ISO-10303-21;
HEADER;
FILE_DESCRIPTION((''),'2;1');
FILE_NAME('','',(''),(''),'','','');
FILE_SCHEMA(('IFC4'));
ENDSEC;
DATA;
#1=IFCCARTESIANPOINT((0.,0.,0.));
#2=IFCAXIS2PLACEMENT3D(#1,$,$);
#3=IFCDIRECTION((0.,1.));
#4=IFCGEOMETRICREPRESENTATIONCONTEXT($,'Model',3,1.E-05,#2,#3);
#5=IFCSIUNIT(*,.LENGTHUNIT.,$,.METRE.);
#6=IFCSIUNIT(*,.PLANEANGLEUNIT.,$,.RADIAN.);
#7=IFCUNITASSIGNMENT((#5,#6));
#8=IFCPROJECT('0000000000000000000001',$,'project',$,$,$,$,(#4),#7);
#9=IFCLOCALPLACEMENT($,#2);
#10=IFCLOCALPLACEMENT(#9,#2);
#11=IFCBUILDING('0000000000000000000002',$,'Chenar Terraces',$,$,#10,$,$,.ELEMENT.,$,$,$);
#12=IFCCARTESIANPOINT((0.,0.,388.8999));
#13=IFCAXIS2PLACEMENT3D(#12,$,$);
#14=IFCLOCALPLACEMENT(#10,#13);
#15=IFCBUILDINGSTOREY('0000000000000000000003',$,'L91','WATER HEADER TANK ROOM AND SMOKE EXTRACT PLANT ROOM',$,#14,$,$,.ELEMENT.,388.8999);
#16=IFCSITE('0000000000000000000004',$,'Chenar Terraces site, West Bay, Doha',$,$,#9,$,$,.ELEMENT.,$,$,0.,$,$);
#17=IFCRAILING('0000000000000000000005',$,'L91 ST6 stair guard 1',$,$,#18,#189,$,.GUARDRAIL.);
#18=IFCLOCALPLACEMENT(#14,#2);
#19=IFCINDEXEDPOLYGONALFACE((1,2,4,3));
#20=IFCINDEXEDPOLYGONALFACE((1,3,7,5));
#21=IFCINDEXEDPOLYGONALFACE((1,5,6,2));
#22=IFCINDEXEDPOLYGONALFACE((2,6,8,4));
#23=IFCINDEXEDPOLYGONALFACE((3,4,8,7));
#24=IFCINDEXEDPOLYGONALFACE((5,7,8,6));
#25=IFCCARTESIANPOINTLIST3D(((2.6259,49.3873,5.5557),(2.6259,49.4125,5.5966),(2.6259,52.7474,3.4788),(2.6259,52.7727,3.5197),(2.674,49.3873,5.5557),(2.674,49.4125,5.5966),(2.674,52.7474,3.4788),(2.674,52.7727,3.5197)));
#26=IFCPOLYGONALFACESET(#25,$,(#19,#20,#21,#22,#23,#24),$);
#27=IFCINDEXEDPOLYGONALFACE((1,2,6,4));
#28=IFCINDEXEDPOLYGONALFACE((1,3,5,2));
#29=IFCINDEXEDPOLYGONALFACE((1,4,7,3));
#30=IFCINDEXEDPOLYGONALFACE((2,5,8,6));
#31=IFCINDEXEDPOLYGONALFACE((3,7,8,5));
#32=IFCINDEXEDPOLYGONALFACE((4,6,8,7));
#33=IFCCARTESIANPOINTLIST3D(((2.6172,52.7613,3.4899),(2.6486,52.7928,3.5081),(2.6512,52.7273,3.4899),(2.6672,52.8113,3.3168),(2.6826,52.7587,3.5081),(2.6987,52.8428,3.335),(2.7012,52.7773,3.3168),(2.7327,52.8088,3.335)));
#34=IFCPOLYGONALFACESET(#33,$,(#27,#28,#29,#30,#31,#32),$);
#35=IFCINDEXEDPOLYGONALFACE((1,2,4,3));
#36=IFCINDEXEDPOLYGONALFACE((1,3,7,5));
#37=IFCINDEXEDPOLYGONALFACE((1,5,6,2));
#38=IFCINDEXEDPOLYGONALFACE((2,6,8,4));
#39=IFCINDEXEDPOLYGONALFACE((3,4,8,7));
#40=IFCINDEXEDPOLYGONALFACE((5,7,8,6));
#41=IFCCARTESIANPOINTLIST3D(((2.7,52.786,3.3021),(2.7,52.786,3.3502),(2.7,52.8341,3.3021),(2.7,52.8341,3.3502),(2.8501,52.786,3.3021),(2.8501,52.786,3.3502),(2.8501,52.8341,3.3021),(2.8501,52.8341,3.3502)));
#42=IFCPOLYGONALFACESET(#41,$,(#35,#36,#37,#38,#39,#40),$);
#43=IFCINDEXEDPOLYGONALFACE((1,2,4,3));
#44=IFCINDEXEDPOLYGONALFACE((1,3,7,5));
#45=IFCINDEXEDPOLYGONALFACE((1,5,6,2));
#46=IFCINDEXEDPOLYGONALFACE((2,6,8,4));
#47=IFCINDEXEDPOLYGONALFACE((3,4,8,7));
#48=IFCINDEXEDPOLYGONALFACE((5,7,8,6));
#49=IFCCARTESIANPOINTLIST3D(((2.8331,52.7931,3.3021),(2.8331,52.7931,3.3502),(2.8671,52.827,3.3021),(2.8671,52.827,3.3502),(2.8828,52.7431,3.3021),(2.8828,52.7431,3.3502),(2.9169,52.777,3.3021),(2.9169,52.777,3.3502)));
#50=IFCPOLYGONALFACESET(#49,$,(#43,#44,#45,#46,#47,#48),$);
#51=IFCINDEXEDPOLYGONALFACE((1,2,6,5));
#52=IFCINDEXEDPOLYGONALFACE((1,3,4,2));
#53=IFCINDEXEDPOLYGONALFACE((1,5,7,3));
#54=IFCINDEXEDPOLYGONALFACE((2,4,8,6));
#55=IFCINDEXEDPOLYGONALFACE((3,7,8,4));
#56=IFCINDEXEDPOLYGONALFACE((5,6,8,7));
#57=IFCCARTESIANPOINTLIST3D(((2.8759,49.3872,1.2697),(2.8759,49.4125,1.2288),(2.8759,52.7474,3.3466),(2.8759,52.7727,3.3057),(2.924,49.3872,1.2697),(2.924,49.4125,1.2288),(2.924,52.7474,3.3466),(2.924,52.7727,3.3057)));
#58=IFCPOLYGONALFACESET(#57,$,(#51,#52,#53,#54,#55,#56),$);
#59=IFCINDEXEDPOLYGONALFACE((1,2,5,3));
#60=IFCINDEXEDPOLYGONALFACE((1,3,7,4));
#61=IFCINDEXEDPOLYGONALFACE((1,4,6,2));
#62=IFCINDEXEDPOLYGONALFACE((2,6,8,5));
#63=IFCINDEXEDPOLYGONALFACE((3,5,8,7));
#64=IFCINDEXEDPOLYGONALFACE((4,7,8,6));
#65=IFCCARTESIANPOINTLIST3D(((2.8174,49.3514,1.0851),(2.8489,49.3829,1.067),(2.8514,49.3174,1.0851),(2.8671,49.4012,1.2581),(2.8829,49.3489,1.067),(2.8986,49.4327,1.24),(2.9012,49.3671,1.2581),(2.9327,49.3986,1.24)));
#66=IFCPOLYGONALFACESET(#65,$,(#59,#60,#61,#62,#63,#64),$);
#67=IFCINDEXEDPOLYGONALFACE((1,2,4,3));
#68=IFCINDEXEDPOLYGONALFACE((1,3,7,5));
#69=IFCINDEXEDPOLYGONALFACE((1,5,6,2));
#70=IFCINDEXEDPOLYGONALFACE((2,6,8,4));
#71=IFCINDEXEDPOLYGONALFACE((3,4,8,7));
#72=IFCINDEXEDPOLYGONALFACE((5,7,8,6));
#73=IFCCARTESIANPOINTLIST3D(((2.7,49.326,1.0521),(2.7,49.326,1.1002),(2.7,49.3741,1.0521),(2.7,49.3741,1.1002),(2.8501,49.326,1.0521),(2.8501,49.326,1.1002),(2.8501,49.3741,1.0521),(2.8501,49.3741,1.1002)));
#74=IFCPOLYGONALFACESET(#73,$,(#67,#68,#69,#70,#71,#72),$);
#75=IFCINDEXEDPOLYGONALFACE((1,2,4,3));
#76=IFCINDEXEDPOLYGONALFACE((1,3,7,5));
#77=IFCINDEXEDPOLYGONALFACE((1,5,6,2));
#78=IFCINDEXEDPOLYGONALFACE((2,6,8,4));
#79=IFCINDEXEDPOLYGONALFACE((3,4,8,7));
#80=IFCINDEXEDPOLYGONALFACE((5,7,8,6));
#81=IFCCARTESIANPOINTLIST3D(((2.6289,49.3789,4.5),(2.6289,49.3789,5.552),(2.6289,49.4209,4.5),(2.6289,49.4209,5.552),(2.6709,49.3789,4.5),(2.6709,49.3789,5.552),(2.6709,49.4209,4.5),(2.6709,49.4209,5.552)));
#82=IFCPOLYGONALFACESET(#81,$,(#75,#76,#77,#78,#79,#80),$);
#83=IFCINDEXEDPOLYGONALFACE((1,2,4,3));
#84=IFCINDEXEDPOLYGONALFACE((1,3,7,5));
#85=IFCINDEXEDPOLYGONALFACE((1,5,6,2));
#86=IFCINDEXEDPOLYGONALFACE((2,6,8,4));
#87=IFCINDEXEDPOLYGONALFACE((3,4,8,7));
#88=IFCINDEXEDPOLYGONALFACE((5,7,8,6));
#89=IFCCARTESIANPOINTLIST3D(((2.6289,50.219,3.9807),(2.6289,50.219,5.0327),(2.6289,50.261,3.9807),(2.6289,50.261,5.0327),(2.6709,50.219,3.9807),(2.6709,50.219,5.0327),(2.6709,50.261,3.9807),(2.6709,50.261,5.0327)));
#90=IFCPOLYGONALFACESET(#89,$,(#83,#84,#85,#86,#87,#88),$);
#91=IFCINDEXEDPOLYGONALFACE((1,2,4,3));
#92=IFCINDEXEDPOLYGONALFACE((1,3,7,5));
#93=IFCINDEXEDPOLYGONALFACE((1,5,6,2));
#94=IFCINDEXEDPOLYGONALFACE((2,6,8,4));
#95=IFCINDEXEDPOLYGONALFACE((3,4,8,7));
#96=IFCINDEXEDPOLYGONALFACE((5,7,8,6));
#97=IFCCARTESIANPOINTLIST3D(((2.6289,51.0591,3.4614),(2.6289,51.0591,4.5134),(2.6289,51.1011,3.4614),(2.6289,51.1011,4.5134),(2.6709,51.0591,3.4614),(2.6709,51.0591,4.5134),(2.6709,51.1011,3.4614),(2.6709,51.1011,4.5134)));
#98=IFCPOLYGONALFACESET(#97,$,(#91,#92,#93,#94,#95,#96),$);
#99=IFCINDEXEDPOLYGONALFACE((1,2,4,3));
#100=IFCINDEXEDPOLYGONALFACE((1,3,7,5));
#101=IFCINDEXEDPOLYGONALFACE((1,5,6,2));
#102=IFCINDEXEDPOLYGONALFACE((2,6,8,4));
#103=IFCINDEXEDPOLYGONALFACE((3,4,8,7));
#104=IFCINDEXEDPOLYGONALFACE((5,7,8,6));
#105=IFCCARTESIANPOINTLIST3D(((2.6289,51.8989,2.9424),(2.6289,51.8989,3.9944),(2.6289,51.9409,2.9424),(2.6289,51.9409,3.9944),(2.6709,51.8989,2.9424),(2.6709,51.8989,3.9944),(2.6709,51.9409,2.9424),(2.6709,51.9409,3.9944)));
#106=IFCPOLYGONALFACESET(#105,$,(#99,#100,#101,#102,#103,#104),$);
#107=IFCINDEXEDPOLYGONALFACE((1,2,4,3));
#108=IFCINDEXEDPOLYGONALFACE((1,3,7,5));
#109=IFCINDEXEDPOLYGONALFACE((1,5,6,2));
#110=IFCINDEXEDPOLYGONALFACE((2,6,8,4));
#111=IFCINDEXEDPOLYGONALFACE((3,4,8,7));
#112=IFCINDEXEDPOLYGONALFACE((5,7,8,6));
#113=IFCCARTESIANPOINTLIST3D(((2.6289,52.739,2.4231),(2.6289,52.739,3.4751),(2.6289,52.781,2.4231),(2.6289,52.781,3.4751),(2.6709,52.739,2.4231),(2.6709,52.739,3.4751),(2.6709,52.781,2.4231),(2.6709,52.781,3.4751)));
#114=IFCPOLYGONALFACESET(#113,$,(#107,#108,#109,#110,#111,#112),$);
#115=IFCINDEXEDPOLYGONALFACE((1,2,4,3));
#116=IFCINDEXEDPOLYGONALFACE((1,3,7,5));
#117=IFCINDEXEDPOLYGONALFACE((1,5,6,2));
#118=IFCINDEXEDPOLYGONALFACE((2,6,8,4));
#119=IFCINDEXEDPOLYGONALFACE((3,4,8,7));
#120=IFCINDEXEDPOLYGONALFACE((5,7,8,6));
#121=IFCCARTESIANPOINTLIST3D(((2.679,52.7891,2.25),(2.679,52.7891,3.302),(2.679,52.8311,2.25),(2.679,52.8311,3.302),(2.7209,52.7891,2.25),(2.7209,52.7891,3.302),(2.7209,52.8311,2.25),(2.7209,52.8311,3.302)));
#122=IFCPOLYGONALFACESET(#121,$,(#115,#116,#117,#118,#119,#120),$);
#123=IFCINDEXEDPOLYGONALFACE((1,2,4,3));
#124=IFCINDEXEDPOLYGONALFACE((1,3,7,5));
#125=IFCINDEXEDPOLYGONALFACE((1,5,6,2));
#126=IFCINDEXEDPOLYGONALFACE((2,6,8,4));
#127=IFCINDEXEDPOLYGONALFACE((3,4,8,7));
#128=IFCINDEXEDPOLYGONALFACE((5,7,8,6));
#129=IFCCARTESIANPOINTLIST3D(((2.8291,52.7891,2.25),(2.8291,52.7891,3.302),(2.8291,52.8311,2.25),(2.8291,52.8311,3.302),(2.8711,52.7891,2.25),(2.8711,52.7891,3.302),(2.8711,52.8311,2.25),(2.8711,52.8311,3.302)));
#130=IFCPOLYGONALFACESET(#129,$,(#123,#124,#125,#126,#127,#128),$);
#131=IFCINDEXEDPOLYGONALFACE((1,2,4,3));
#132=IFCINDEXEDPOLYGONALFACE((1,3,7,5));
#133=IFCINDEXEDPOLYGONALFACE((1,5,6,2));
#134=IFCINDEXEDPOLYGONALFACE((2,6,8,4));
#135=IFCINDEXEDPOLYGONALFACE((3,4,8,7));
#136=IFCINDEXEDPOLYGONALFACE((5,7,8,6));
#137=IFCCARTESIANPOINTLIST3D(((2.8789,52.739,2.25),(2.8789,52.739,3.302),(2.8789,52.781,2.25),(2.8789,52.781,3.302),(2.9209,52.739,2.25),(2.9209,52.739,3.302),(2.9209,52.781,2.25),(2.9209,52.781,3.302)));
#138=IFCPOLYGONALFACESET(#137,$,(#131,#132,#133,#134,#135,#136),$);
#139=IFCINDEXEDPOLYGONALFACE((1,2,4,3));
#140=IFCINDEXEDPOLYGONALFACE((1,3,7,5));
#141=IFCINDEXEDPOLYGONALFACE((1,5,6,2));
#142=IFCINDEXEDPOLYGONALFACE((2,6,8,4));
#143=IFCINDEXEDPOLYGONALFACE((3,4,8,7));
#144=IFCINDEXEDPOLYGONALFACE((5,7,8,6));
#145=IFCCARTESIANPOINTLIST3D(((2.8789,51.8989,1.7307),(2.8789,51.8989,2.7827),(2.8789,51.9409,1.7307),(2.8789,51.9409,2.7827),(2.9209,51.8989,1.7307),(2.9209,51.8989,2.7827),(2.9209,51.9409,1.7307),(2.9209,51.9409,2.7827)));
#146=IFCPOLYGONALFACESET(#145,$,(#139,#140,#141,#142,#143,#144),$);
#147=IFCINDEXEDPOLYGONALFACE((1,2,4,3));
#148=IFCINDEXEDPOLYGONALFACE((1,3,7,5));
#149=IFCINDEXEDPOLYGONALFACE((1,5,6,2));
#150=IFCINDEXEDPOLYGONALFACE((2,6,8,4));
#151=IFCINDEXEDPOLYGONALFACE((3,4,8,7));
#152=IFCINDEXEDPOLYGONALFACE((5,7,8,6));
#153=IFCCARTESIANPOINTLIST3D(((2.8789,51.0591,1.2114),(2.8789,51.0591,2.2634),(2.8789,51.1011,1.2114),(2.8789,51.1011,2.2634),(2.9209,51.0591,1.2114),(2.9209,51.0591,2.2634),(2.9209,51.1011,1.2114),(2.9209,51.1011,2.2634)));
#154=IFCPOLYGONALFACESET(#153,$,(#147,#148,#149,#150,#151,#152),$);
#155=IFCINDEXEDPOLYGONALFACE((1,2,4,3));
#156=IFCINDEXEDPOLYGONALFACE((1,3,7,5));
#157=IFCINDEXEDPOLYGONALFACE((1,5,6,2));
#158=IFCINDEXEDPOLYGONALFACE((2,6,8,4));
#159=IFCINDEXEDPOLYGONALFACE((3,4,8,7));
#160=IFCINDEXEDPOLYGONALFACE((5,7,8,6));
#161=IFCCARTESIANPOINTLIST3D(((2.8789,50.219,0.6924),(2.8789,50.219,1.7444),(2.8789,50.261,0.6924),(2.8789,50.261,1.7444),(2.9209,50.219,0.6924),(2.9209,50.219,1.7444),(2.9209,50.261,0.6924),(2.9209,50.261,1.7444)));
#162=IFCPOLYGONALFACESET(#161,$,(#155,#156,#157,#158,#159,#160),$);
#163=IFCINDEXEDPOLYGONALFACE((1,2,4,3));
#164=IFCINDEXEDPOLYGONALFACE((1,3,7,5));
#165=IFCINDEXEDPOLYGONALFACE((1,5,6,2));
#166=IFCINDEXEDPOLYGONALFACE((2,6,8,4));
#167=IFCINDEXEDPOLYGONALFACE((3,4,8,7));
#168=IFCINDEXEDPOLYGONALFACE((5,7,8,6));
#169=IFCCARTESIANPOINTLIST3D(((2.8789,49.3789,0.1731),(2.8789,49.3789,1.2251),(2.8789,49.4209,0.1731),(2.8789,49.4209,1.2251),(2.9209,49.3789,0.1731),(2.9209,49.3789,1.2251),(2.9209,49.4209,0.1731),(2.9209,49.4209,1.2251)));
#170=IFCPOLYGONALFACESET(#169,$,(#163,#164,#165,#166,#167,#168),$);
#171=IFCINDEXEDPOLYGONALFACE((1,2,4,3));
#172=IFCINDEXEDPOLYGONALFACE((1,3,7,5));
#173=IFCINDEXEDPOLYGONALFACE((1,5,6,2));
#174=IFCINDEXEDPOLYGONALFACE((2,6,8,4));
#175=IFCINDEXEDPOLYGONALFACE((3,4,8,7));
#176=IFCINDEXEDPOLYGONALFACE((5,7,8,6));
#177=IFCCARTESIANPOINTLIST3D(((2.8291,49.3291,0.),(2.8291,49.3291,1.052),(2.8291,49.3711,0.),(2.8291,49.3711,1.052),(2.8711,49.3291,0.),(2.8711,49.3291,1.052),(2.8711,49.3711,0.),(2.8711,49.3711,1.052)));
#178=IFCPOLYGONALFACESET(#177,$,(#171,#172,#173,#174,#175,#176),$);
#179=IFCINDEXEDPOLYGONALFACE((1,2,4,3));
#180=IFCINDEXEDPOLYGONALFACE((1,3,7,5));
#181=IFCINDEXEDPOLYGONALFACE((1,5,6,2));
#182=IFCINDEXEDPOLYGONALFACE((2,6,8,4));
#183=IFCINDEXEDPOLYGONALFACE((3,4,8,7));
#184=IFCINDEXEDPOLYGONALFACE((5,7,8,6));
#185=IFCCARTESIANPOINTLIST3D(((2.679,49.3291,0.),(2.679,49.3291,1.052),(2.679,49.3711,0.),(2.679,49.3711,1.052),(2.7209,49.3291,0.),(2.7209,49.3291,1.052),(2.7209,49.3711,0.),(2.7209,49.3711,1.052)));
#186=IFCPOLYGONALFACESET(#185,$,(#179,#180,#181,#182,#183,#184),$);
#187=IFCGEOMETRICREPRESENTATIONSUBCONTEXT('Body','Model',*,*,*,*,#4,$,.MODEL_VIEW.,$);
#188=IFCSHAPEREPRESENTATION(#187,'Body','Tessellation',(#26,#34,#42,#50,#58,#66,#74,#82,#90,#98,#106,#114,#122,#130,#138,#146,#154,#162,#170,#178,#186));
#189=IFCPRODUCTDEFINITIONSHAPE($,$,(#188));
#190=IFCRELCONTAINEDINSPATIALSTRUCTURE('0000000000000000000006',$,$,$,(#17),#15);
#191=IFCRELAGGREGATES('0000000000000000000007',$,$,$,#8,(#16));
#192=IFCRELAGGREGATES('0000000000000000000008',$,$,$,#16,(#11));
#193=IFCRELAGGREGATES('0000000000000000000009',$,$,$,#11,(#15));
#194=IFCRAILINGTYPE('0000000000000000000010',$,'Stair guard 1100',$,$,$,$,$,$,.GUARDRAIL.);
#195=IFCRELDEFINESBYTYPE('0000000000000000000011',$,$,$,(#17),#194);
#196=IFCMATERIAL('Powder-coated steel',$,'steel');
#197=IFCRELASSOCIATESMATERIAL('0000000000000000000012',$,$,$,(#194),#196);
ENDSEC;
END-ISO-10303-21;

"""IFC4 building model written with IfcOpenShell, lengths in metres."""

from ifc_helpers import new_model, si_unit, direction, frame, origin, origin_2d, place, context, subcontext, project, spatial, rectangle, extrude, material, type_object, element, save


model = new_model("IFC4")

# Units and contexts
model_context = context("Model", 3, precision=1e-05, world=origin(), true_north=direction((0.0, 1.0)))
body_context = subcontext(model_context, "Body", "Model", "MODEL_VIEW")
ifc_project = project(units=[si_unit("LENGTHUNIT", "METRE"), si_unit("PLANEANGLEUNIT", "RADIAN")], contexts=[model_context])

# Site, building, storey
site_placement = place(None, origin())
site = spatial("IfcSite", under=ifc_project, at=site_placement, Name="Chenar Terraces site, West Bay, Doha", CompositionType="ELEMENT", RefElevation=0.0)
building_placement = place(site_placement, origin())
building = spatial("IfcBuilding", under=site, at=building_placement, Name="Chenar Terraces", CompositionType="ELEMENT")
storey_placement = place(building_placement, frame((0.0, 0.0, 388.8999)))
storey = spatial("IfcBuildingStorey", under=building, at=storey_placement, Name="L91", Description="WATER HEADER TANK ROOM AND SMOKE EXTRACT PLANT ROOM", CompositionType="ELEMENT", Elevation=388.8999)

# Railing
ifc_material_1 = material(Name="Powder-coated steel", Category="steel")
railing_type_1 = type_object("IfcRailingType", Name="Stair guard 1100", PredefinedType="GUARDRAIL", material=ifc_material_1)
railing_1_placement = place(storey_placement, frame((2.6499, 49.3999, 4.5)))
element("IfcRailing", 1, at=railing_1_placement, inside=storey, type_object=railing_type_1, Name="L91 ST6 stair guard 1", PredefinedType="GUARDRAIL", context=body_context, shape_type="SweptSolid", body=[
    extrude(rectangle(XDim=0.0481, YDim=0.0481, at=origin_2d()), frame((0.0, 0.0, 1.0762), z_axis=(0.0, 0.850623, -0.525776), x_axis=(-1.0, 0.0, 0.0)), (0.0, 0.0, 1.0), 3.9502),
    extrude(rectangle(XDim=0.0481, YDim=0.0481, at=origin_2d()), frame((0.0, 3.3601, -1.001), z_axis=(0.26763, 0.26763, -0.925607), x_axis=(-0.707107, 0.707107, 0.0)), (0.0, 0.0, 1.0), 0.187),
    extrude(rectangle(XDim=0.0481, YDim=0.0481, at=origin_2d()), frame((0.05, 3.4102, -1.1738), z_axis=(1.0, 0.0, 0.0), x_axis=(0.0, 1.0, 0.0)), (0.0, 0.0, 1.0), 0.1501),
    extrude(rectangle(XDim=0.0481, YDim=0.0481, at=origin_2d()), frame((0.2002, 3.4102, -1.1738), z_axis=(0.705376, -0.708834, 0.0), x_axis=(0.708834, 0.705376, 0.0)), (0.0, 0.0, 1.0), 0.0706),
    extrude(rectangle(XDim=0.0481, YDim=0.0481, at=origin_2d()), frame((0.25, 3.3601, -1.1738), z_axis=(0.0, -0.850623, -0.525776), x_axis=(1.0, 0.0, 0.0)), (0.0, 0.0, 1.0), 3.9502),
    extrude(rectangle(XDim=0.0481, YDim=0.0481, at=origin_2d()), frame((0.25, 0.0, -3.251), z_axis=(-0.26651, -0.26651, -0.926253), x_axis=(0.707107, -0.707107, 0.0)), (0.0, 0.0, 1.0), 0.1868),
    extrude(rectangle(XDim=0.0481, YDim=0.0481, at=origin_2d()), frame((0.2002, -0.0498, -3.4238), z_axis=(-1.0, 0.0, 0.0), x_axis=(0.0, -1.0, 0.0)), (0.0, 0.0, 1.0), 0.1501),
    extrude(rectangle(XDim=0.042, YDim=0.042, at=origin_2d()), origin(), (0.0, 0.0, 1.0), 1.052),
    extrude(rectangle(XDim=0.042, YDim=0.042, at=origin_2d()), frame((0.0, 0.8401, -0.5193)), (0.0, 0.0, 1.0), 1.052),
    extrude(rectangle(XDim=0.042, YDim=0.042, at=origin_2d()), frame((0.0, 1.6802, -1.0386)), (0.0, 0.0, 1.0), 1.052),
    extrude(rectangle(XDim=0.042, YDim=0.042, at=origin_2d()), frame((0.0, 2.52, -1.5576)), (0.0, 0.0, 1.0), 1.052),
    extrude(rectangle(XDim=0.042, YDim=0.042, at=origin_2d()), frame((0.0, 3.3601, -2.0769)), (0.0, 0.0, 1.0), 1.052),
    extrude(rectangle(XDim=0.042, YDim=0.042, at=origin_2d()), frame((0.05, 3.4102, -2.25)), (0.0, 0.0, 1.0), 1.052),
    extrude(rectangle(XDim=0.042, YDim=0.042, at=origin_2d()), frame((0.2002, 3.4102, -2.25)), (0.0, 0.0, 1.0), 1.052),
    extrude(rectangle(XDim=0.042, YDim=0.042, at=origin_2d()), frame((0.25, 3.3601, -2.25)), (0.0, 0.0, 1.0), 1.052),
    extrude(rectangle(XDim=0.042, YDim=0.042, at=origin_2d()), frame((0.25, 2.52, -2.7693)), (0.0, 0.0, 1.0), 1.052),
    extrude(rectangle(XDim=0.042, YDim=0.042, at=origin_2d()), frame((0.25, 1.6802, -3.2886)), (0.0, 0.0, 1.0), 1.052),
    extrude(rectangle(XDim=0.042, YDim=0.042, at=origin_2d()), frame((0.25, 0.8401, -3.8076)), (0.0, 0.0, 1.0), 1.052),
    extrude(rectangle(XDim=0.042, YDim=0.042, at=origin_2d()), frame((0.25, 0.0, -4.3269)), (0.0, 0.0, 1.0), 1.052),
    extrude(rectangle(XDim=0.042, YDim=0.042, at=origin_2d()), frame((0.2002, -0.0498, -4.5)), (0.0, 0.0, 1.0), 1.052),
    extrude(rectangle(XDim=0.042, YDim=0.042, at=origin_2d()), frame((0.05, -0.0498, -4.5)), (0.0, 0.0, 1.0), 1.052),
])

save(model, "model.ifc")
